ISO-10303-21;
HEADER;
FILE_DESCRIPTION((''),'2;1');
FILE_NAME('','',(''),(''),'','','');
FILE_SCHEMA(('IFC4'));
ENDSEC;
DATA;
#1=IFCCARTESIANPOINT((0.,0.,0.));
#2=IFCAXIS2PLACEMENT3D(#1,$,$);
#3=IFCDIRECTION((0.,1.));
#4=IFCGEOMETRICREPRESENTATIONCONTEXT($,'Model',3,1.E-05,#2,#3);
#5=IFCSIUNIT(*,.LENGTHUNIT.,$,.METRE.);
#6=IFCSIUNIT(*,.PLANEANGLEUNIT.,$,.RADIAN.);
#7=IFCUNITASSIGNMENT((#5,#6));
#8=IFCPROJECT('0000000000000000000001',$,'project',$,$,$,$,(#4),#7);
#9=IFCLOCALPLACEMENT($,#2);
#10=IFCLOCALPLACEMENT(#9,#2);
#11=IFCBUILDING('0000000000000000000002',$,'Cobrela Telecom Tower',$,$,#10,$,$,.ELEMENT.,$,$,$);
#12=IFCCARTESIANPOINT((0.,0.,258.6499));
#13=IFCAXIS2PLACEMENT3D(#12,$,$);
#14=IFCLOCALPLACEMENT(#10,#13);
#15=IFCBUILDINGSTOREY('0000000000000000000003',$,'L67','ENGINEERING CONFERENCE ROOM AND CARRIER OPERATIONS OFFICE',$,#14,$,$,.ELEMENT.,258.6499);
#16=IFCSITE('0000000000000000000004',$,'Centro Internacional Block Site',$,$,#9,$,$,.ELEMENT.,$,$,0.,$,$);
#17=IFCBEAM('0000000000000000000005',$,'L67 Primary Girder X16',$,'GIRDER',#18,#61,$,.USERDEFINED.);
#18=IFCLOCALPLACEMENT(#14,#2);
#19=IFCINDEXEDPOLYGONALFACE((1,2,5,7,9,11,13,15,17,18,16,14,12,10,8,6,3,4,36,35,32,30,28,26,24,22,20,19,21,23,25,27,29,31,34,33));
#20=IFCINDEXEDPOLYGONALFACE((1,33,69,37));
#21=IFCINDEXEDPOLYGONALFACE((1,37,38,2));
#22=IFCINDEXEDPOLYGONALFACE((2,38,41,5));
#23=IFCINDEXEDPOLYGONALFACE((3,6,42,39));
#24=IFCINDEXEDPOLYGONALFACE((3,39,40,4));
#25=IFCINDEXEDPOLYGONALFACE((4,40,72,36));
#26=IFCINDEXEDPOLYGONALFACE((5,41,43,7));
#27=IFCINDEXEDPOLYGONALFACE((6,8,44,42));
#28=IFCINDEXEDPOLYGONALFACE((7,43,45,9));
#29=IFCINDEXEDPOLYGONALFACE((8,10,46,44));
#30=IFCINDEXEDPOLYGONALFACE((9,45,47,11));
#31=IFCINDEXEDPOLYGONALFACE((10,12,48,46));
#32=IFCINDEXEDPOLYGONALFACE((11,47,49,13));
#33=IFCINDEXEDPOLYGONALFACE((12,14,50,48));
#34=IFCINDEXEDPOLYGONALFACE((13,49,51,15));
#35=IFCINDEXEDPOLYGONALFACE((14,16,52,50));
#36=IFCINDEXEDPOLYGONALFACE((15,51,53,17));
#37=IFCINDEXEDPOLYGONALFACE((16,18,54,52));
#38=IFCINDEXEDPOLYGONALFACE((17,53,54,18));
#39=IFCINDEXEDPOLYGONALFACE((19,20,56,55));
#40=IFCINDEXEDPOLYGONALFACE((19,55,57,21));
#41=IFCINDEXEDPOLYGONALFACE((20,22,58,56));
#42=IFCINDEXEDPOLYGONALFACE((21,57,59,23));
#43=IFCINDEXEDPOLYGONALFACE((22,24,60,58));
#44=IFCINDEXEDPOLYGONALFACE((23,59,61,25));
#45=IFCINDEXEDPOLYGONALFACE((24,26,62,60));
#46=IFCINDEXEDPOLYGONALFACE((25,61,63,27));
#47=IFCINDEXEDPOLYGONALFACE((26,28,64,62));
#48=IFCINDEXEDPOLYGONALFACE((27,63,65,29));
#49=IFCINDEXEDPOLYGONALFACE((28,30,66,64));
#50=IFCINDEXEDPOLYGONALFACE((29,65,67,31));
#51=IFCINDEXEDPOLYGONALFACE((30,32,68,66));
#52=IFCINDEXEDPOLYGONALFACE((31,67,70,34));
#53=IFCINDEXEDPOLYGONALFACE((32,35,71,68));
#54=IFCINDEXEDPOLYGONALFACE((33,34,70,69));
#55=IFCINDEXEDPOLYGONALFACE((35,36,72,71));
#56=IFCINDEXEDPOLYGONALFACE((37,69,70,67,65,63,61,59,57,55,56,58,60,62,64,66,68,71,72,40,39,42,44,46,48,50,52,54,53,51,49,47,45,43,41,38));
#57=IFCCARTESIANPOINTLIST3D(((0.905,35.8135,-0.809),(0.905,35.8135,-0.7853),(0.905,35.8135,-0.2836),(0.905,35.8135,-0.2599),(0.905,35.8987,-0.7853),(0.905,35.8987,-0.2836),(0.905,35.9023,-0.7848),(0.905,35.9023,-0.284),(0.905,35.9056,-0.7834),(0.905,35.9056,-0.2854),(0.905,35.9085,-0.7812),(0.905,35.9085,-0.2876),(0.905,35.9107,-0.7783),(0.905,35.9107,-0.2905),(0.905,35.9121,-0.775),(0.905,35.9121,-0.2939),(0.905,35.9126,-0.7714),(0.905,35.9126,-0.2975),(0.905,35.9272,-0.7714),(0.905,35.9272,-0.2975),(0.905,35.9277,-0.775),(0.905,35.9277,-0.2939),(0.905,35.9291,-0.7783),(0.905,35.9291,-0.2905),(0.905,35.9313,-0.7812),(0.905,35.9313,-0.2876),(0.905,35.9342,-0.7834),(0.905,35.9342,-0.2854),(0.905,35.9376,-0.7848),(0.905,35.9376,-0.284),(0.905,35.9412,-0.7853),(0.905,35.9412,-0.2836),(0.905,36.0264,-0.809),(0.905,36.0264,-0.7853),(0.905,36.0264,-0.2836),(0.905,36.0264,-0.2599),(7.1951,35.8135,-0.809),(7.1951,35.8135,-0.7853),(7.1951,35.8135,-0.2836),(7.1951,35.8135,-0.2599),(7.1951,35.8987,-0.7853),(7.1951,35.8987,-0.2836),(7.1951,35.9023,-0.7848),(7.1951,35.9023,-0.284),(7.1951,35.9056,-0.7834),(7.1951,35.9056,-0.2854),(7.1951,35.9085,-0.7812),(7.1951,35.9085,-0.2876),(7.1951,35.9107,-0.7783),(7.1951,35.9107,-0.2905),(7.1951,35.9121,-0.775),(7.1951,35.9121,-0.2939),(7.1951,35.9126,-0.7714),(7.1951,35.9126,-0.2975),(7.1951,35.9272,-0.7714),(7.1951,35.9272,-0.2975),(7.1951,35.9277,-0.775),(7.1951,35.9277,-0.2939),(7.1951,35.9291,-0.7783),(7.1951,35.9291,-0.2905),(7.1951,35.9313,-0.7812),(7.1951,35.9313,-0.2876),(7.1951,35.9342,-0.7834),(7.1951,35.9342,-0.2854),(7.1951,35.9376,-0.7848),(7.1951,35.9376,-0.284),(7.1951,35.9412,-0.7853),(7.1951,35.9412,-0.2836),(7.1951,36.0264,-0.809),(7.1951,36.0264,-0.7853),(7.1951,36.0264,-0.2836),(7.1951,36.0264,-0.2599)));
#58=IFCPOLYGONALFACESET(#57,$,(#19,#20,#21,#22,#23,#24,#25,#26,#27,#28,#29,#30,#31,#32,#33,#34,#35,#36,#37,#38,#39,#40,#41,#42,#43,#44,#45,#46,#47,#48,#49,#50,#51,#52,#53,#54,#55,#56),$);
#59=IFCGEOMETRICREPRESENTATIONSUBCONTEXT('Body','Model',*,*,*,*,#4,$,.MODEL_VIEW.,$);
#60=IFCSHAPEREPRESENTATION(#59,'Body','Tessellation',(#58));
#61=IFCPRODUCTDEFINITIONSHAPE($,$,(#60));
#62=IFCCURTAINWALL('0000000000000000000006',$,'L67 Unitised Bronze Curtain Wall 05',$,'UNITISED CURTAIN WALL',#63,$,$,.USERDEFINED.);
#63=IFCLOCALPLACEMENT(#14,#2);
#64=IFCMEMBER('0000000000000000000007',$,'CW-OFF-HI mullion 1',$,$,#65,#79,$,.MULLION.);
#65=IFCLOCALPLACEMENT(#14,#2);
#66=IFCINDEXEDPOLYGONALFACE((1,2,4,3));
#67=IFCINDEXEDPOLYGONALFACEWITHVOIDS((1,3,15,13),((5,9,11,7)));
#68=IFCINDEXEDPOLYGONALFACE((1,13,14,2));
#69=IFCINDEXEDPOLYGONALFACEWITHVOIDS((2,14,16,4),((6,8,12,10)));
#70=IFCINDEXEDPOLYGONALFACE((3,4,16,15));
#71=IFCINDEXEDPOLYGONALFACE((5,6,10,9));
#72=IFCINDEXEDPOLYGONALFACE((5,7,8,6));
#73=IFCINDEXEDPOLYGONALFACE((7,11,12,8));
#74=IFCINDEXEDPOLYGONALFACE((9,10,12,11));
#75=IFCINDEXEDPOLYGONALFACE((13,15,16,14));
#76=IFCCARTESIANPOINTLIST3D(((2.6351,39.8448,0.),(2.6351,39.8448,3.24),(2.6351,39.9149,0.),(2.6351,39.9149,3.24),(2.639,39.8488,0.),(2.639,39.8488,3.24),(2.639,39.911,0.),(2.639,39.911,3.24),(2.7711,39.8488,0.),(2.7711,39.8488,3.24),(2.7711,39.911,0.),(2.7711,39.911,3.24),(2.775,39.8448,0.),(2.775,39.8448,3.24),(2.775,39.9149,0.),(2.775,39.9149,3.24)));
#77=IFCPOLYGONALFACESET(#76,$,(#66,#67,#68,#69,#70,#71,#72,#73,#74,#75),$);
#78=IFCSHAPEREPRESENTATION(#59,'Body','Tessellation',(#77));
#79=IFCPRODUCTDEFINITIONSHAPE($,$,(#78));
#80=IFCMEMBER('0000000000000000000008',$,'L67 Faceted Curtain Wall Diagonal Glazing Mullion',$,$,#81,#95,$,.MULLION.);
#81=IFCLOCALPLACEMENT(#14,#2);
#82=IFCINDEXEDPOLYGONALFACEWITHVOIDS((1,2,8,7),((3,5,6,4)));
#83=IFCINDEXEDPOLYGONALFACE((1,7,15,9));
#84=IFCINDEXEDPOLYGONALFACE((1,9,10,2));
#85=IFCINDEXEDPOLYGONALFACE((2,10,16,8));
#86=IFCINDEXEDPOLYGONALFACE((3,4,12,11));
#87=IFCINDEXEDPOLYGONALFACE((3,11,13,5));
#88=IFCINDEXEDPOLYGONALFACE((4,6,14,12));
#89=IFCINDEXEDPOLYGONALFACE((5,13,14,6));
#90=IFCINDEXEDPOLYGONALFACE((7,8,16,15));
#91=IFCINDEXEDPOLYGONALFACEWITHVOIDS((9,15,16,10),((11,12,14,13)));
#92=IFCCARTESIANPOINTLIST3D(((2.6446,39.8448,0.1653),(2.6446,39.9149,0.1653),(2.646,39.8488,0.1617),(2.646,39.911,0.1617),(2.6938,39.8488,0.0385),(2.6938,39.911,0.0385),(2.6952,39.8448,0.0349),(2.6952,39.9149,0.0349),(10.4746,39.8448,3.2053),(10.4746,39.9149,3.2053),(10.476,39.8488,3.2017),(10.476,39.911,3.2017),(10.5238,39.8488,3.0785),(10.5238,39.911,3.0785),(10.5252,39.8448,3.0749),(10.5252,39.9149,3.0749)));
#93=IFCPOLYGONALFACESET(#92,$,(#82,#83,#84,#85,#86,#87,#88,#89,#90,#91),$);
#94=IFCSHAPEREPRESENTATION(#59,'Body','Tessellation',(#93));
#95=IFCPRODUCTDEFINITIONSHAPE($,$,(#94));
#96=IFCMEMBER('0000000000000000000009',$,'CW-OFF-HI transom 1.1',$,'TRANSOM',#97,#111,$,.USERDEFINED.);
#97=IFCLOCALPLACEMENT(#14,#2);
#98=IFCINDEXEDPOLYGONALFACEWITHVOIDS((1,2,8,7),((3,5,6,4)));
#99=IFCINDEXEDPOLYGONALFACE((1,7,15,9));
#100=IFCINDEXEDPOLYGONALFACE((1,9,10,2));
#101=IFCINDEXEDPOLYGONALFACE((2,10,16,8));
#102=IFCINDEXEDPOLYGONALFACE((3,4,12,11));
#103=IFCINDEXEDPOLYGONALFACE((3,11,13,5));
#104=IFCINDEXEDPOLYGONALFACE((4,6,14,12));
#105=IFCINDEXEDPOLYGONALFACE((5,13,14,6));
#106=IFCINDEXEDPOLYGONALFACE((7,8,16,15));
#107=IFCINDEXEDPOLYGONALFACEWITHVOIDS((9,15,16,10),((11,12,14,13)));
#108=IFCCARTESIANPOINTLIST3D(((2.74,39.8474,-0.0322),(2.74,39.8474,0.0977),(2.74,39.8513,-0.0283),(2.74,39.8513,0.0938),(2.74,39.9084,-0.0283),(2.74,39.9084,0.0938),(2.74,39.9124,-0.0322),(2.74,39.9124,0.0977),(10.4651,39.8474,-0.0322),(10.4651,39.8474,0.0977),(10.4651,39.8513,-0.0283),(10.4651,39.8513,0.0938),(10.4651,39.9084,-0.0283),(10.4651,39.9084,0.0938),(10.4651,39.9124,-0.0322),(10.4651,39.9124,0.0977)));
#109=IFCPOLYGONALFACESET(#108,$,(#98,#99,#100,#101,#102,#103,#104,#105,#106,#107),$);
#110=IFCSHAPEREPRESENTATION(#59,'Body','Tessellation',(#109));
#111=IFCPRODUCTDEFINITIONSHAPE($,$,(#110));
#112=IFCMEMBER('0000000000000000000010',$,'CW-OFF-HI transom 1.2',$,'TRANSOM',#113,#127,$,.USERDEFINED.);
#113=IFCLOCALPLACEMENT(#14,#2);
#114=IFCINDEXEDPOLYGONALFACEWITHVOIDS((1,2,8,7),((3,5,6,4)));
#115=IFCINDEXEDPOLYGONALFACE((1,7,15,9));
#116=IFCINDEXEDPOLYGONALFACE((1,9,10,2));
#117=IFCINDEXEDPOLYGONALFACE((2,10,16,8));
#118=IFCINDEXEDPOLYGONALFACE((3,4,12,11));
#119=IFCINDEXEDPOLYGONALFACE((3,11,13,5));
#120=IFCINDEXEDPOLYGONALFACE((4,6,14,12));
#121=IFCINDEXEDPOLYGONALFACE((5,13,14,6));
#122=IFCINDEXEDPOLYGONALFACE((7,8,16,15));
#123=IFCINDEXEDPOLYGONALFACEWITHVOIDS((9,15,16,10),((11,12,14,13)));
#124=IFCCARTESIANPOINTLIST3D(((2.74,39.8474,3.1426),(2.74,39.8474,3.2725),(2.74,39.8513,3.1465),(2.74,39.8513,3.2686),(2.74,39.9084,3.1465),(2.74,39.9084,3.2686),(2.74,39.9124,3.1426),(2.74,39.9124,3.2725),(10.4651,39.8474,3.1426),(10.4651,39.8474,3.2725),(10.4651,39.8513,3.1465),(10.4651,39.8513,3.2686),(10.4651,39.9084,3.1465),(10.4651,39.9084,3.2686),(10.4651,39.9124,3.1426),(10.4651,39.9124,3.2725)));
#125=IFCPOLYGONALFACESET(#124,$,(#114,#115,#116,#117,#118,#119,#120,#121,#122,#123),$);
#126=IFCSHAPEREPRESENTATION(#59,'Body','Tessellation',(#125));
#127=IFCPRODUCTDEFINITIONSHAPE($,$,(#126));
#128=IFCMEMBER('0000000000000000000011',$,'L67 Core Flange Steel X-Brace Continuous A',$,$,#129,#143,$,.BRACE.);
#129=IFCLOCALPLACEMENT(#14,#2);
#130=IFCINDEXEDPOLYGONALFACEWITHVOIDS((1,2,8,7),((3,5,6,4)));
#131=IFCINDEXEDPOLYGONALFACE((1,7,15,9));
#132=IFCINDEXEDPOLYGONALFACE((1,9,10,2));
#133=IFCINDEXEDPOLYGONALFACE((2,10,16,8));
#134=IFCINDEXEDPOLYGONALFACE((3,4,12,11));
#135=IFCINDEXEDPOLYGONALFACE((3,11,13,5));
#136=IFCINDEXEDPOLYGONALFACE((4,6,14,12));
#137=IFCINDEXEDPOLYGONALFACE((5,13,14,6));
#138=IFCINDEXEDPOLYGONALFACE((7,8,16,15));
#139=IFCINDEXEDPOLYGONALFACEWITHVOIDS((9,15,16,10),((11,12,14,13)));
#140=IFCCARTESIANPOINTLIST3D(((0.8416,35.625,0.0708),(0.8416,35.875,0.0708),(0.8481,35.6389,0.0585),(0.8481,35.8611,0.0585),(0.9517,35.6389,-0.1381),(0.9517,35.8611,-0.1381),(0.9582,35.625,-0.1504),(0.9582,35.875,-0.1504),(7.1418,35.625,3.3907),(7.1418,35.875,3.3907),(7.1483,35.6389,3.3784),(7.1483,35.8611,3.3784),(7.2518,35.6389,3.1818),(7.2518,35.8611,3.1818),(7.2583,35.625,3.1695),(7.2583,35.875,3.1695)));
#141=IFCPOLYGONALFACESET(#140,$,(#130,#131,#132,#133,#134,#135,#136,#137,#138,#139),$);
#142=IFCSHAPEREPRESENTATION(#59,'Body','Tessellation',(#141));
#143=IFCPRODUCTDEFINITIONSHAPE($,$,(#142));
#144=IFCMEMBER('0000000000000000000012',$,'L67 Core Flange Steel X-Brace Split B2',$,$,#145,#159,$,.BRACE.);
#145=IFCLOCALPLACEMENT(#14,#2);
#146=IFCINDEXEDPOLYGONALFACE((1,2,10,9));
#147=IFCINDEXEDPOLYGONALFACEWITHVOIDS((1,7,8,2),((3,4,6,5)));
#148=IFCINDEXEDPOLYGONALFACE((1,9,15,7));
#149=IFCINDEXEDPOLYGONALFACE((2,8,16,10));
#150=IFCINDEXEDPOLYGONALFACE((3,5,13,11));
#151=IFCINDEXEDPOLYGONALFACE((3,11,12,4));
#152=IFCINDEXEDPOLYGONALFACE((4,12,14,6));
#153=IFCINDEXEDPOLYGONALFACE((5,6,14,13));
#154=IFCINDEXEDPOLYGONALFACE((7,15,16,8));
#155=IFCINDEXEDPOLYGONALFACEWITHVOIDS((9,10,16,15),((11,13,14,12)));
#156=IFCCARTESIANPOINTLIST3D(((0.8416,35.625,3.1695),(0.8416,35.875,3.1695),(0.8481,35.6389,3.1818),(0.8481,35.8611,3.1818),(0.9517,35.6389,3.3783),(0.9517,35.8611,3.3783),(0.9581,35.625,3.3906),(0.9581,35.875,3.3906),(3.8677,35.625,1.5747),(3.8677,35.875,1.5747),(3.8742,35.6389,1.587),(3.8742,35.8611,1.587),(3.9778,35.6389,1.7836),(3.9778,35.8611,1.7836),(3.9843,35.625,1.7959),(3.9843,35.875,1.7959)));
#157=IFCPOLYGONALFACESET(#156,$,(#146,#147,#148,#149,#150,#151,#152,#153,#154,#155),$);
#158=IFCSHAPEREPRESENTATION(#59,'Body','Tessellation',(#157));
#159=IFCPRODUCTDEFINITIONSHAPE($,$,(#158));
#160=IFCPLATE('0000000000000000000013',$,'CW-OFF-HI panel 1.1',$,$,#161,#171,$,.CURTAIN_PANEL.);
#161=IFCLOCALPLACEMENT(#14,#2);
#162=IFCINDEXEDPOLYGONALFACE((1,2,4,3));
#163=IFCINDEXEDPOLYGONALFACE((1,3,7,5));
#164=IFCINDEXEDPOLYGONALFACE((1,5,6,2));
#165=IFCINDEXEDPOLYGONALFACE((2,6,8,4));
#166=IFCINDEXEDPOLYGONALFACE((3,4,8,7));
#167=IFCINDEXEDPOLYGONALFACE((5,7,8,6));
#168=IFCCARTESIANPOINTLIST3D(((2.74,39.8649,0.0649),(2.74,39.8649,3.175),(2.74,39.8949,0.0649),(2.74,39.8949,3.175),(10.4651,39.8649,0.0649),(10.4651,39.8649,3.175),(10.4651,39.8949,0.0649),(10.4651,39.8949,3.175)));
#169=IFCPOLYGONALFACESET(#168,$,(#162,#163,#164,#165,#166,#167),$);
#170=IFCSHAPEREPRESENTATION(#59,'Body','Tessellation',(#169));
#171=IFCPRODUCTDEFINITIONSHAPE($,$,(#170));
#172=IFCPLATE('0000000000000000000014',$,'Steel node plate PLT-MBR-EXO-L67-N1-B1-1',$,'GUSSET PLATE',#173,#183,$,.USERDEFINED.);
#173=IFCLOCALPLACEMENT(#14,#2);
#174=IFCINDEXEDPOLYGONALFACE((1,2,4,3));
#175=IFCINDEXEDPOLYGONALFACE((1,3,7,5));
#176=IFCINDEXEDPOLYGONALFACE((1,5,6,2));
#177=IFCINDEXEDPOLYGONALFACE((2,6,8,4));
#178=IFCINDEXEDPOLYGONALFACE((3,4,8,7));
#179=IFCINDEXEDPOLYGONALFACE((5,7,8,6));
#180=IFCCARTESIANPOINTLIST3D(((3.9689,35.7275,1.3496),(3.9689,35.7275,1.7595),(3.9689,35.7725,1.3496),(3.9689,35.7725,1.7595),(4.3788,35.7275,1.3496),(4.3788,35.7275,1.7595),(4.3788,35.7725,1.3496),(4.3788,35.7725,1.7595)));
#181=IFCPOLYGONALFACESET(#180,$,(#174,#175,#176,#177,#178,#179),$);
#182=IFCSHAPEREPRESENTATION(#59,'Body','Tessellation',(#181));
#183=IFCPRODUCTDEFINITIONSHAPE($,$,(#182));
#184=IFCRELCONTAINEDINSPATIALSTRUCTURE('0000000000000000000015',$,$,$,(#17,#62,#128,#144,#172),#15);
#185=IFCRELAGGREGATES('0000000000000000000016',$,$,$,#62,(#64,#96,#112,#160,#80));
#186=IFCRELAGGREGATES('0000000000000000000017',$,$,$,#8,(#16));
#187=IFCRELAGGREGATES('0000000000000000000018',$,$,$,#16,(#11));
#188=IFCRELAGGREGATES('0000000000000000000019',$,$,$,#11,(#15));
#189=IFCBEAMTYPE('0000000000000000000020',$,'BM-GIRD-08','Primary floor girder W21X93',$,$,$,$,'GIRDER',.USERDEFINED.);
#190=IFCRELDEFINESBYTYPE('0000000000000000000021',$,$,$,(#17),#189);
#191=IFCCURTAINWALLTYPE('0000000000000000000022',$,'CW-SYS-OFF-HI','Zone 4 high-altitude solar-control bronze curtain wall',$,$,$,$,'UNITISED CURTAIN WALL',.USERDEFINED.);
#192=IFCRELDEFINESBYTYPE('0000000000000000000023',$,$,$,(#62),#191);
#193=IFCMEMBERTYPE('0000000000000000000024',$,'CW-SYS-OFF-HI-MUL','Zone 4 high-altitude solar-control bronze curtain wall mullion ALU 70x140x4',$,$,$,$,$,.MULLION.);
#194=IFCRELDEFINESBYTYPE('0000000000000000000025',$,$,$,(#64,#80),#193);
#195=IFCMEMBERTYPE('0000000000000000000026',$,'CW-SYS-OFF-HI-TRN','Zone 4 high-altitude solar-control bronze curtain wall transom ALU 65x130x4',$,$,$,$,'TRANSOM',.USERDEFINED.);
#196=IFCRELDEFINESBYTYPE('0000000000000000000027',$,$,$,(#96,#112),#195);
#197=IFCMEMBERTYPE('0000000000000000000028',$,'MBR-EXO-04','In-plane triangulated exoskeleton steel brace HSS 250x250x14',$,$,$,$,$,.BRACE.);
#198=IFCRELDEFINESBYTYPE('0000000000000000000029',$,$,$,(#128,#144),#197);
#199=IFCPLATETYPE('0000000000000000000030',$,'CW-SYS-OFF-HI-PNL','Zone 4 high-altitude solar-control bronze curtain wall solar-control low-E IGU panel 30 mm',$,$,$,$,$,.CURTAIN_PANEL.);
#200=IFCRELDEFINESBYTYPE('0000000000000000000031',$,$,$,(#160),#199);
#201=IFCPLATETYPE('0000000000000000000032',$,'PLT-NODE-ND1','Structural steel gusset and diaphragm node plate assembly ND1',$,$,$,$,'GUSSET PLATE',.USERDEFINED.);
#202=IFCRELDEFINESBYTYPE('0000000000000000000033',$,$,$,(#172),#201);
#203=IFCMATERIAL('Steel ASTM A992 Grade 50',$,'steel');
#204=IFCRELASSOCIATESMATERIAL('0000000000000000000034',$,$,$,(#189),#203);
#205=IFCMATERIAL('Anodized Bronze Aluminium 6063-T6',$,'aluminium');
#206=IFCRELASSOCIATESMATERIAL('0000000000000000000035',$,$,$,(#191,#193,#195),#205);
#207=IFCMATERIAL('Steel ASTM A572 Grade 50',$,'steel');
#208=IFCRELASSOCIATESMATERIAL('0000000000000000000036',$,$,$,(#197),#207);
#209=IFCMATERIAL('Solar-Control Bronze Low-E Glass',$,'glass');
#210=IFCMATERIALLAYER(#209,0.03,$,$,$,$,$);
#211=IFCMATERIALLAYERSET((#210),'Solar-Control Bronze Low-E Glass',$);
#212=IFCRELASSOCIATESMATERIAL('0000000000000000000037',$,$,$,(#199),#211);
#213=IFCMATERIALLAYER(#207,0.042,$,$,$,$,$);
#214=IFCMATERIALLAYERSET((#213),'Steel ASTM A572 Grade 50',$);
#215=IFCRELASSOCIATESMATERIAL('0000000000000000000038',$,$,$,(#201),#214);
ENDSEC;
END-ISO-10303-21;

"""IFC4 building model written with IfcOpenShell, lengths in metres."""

from ifc_helpers import new_model, si_unit, direction, frame, origin, origin_2d, place, context, subcontext, project, spatial, rectangle, hollow_rectangle, i_section, extrude, material, layer, layer_set, material_profile, profile_set, type_object, element, aggregate, save


model = new_model("IFC4")

# Units and contexts
model_context = context("Model", 3, precision=1e-05, world=origin(), true_north=direction((0.0, 1.0)))
body_context = subcontext(model_context, "Body", "Model", "MODEL_VIEW")
ifc_project = project(units=[si_unit("LENGTHUNIT", "METRE"), si_unit("PLANEANGLEUNIT", "RADIAN")], contexts=[model_context])

# Site, building, storey
site_placement = place(None, origin())
site = spatial("IfcSite", under=ifc_project, at=site_placement, Name="Centro Internacional Block Site", CompositionType="ELEMENT", RefElevation=0.0)
building_placement = place(site_placement, origin())
building = spatial("IfcBuilding", under=site, at=building_placement, Name="Cobrela Telecom Tower", CompositionType="ELEMENT")
storey_placement = place(building_placement, frame((0.0, 0.0, 258.6499)))
storey = spatial("IfcBuildingStorey", under=building, at=storey_placement, Name="L67", Description="ENGINEERING CONFERENCE ROOM AND CARRIER OPERATIONS OFFICE", CompositionType="ELEMENT", Elevation=258.6499)

# Beam
ifc_material_1 = material(Name="Steel ASTM A992 Grade 50", Category="steel")
ifc_material_profile_1 = material_profile(ifc_material_1, i_section(OverallWidth=0.2129, OverallDepth=0.5491, WebThickness=0.0146, FlangeThickness=0.0237, FilletRadius=0.0139, at=origin_2d()), Name="W21X93")
ifc_profile_set_1 = profile_set([ifc_material_profile_1], Name="Steel ASTM A992 Grade 50")
beam_type = type_object("IfcBeamType", Name="BM-GIRD-08", Description="Primary floor girder W21X93", ElementType="GIRDER", PredefinedType="USERDEFINED", material=ifc_profile_set_1)
beam_placement = place(storey_placement, frame((0.905, 35.9199, -0.5344), z_axis=(1.0, 0.0, 0.0), x_axis=(0.0, 1.0, 0.0)))
element("IfcBeam", 1, at=beam_placement, inside=storey, type_object=beam_type, Name="L67 Primary Girder X16", ObjectType="GIRDER", PredefinedType="USERDEFINED", context=body_context, shape_type="SweptSolid", body=[
    extrude(i_section(OverallWidth=0.2129, OverallDepth=0.5491, WebThickness=0.0146, FlangeThickness=0.0237, FilletRadius=0.0139, at=origin_2d()), origin(), (0.0, 0.0, 1.0), 6.29),
])

# Curtain wall, members
ifc_material_2 = material(Name="Anodized Bronze Aluminium 6063-T6", Category="aluminium")
curtain_wall_type = type_object("IfcCurtainWallType", Name="CW-SYS-OFF-HI", Description="Zone 4 high-altitude solar-control bronze curtain wall", ElementType="UNITISED CURTAIN WALL", PredefinedType="USERDEFINED", material=ifc_material_2)
curtain_wall_placement = place(storey_placement, origin())
curtain_wall = element("IfcCurtainWall", 2, at=curtain_wall_placement, inside=storey, type_object=curtain_wall_type, Name="L67 Unitised Bronze Curtain Wall 05", ObjectType="UNITISED CURTAIN WALL", PredefinedType="USERDEFINED")
ifc_material_profile_2 = material_profile(ifc_material_2, hollow_rectangle(XDim=0.0701, YDim=0.1399, WallThickness=0.0039, at=origin_2d()), Name="ALU 70x140x4")
ifc_profile_set_2 = profile_set([ifc_material_profile_2], Name="Anodized Bronze Aluminium 6063-T6")
member_type_1 = type_object("IfcMemberType", Name="CW-SYS-OFF-HI-MUL", Description="Zone 4 high-altitude solar-control bronze curtain wall mullion ALU 70x140x4", PredefinedType="MULLION", material=ifc_profile_set_2)
member_1_placement = place(storey_placement, frame((2.7051, 39.8799, 0.0), z_axis=(0.0, 0.0, 1.0), x_axis=(0.0, 1.0, 0.0)))
member_1 = element("IfcMember", 3, at=member_1_placement, type_object=member_type_1, Name="CW-OFF-HI mullion 1", PredefinedType="MULLION", context=body_context, shape_type="SweptSolid", body=[
    extrude(hollow_rectangle(XDim=0.0701, YDim=0.1399, WallThickness=0.0039, at=origin_2d()), origin(), (0.0, 0.0, 1.0), 3.24),
])
member_2_placement = place(storey_placement, frame((2.6699, 39.8799, 0.1001), z_axis=(0.932205, 0.0, 0.36193), x_axis=(0.0, 1.0, 0.0)))
member_2 = element("IfcMember", 4, at=member_2_placement, type_object=member_type_1, Name="L67 Faceted Curtain Wall Diagonal Glazing Mullion", PredefinedType="MULLION", context=body_context, shape_type="SweptSolid", body=[
    extrude(hollow_rectangle(XDim=0.0701, YDim=0.1399, WallThickness=0.0039, at=origin_2d()), origin(), (0.0, 0.0, 1.0), 8.3994),
])
ifc_material_profile_3 = material_profile(ifc_material_2, hollow_rectangle(XDim=0.0649, YDim=0.1299, WallThickness=0.0039, at=origin_2d()), Name="ALU 65x130x4")
ifc_profile_set_3 = profile_set([ifc_material_profile_3], Name="Anodized Bronze Aluminium 6063-T6")
member_type_2 = type_object("IfcMemberType", Name="CW-SYS-OFF-HI-TRN", Description="Zone 4 high-altitude solar-control bronze curtain wall transom ALU 65x130x4", ElementType="TRANSOM", PredefinedType="USERDEFINED", material=ifc_profile_set_3)
member_3_placement = place(storey_placement, frame((2.74, 39.8799, 0.0327), z_axis=(1.0, 0.0, 0.0), x_axis=(0.0, 1.0, 0.0)))
member_3 = element("IfcMember", 5, at=member_3_placement, type_object=member_type_2, Name="CW-OFF-HI transom 1.1", ObjectType="TRANSOM", PredefinedType="USERDEFINED", context=body_context, shape_type="SweptSolid", body=[
    extrude(hollow_rectangle(XDim=0.0649, YDim=0.1299, WallThickness=0.0039, at=origin_2d()), origin(), (0.0, 0.0, 1.0), 7.7251),
])
member_4_placement = place(storey_placement, frame((2.74, 39.8799, 3.2075), z_axis=(1.0, 0.0, 0.0), x_axis=(0.0, 1.0, 0.0)))
member_4 = element("IfcMember", 6, at=member_4_placement, type_object=member_type_2, Name="CW-OFF-HI transom 1.2", ObjectType="TRANSOM", PredefinedType="USERDEFINED", context=body_context, shape_type="SweptSolid", body=[
    extrude(hollow_rectangle(XDim=0.0649, YDim=0.1299, WallThickness=0.0039, at=origin_2d()), origin(), (0.0, 0.0, 1.0), 7.7251),
])

# Members
ifc_material_3 = material(Name="Steel ASTM A572 Grade 50", Category="steel")
ifc_material_profile_4 = material_profile(ifc_material_3, hollow_rectangle(XDim=0.25, YDim=0.25, WallThickness=0.0139, at=origin_2d()), Name="HSS 250x250x14")
ifc_profile_set_4 = profile_set([ifc_material_profile_4], Name="Steel ASTM A572 Grade 50")
member_type_3 = type_object("IfcMemberType", Name="MBR-EXO-04", Description="In-plane triangulated exoskeleton steel brace HSS 250x250x14", PredefinedType="BRACE", material=ifc_profile_set_4)
member_5_placement = place(storey_placement, frame((0.8999, 35.75, -0.0398), z_axis=(0.884686, 0.0, 0.466187), x_axis=(0.0, 1.0, 0.0)))
element("IfcMember", 7, at=member_5_placement, inside=storey, type_object=member_type_3, Name="L67 Core Flange Steel X-Brace Continuous A", PredefinedType="BRACE", context=body_context, shape_type="SweptSolid", body=[
    extrude(hollow_rectangle(XDim=0.25, YDim=0.25, WallThickness=0.0139, at=origin_2d()), origin(), (0.0, 0.0, 1.0), 7.1213),
])
member_6_placement = place(storey_placement, frame((3.926, 35.75, 1.6853), z_axis=(-0.884673, 0.0, 0.466211), x_axis=(0.0, -1.0, 0.0)))
element("IfcMember", 8, at=member_6_placement, inside=storey, type_object=member_type_3, Name="L67 Core Flange Steel X-Brace Split B2", PredefinedType="BRACE", context=body_context, shape_type="SweptSolid", body=[
    extrude(hollow_rectangle(XDim=0.25, YDim=0.25, WallThickness=0.0139, at=origin_2d()), origin(), (0.0, 0.0, 1.0), 3.4207),
])

# Plate
ifc_material_4 = material(Name="Solar-Control Bronze Low-E Glass", Category="glass")
ifc_layer_1 = layer(ifc_material_4, 0.03)
ifc_layer_set_1 = layer_set([ifc_layer_1], Name="Solar-Control Bronze Low-E Glass")
plate_type_1 = type_object("IfcPlateType", Name="CW-SYS-OFF-HI-PNL", Description="Zone 4 high-altitude solar-control bronze curtain wall solar-control low-E IGU panel 30 mm", PredefinedType="CURTAIN_PANEL", material=ifc_layer_set_1)
plate_1_placement = place(storey_placement, frame((6.6025, 39.8799, 0.0649), z_axis=(0.0, 0.0, 1.0), x_axis=(1.0, 0.0, 0.0)))
plate_1 = element("IfcPlate", 9, at=plate_1_placement, type_object=plate_type_1, Name="CW-OFF-HI panel 1.1", PredefinedType="CURTAIN_PANEL", context=body_context, shape_type="SweptSolid", body=[
    extrude(rectangle(XDim=7.7251, YDim=0.03, at=origin_2d()), origin(), (0.0, 0.0, 1.0), 3.1101),
])
aggregate(curtain_wall, [member_1, member_3, member_4, plate_1, member_2])

# Plate
ifc_layer_2 = layer(ifc_material_3, 0.042)
ifc_layer_set_2 = layer_set([ifc_layer_2], Name="Steel ASTM A572 Grade 50")
plate_type_2 = type_object("IfcPlateType", Name="PLT-NODE-ND1", Description="Structural steel gusset and diaphragm node plate assembly ND1", ElementType="GUSSET PLATE", PredefinedType="USERDEFINED", material=ifc_layer_set_2)
for number, where, z_axis, x_axis, name in (
    (10, (4.1738, 35.75, 1.3496), (0.0, 0.0, 1.0), (-1.0, 0.0, 0.0), "Steel node plate PLT-MBR-EXO-L67-N1-B1-1"),
):
    element("IfcPlate", number, at=place(storey_placement, frame(where, z_axis=z_axis, x_axis=x_axis)), inside=storey, type_object=plate_type_2, Name=name, ObjectType="GUSSET PLATE", PredefinedType="USERDEFINED", context=body_context, shape_type="SweptSolid", body=[
        extrude(rectangle(XDim=0.4099, YDim=0.0449, at=origin_2d()), origin(), (0.0, 0.0, 1.0), 0.4099),
    ])

save(model, "model.ifc")
